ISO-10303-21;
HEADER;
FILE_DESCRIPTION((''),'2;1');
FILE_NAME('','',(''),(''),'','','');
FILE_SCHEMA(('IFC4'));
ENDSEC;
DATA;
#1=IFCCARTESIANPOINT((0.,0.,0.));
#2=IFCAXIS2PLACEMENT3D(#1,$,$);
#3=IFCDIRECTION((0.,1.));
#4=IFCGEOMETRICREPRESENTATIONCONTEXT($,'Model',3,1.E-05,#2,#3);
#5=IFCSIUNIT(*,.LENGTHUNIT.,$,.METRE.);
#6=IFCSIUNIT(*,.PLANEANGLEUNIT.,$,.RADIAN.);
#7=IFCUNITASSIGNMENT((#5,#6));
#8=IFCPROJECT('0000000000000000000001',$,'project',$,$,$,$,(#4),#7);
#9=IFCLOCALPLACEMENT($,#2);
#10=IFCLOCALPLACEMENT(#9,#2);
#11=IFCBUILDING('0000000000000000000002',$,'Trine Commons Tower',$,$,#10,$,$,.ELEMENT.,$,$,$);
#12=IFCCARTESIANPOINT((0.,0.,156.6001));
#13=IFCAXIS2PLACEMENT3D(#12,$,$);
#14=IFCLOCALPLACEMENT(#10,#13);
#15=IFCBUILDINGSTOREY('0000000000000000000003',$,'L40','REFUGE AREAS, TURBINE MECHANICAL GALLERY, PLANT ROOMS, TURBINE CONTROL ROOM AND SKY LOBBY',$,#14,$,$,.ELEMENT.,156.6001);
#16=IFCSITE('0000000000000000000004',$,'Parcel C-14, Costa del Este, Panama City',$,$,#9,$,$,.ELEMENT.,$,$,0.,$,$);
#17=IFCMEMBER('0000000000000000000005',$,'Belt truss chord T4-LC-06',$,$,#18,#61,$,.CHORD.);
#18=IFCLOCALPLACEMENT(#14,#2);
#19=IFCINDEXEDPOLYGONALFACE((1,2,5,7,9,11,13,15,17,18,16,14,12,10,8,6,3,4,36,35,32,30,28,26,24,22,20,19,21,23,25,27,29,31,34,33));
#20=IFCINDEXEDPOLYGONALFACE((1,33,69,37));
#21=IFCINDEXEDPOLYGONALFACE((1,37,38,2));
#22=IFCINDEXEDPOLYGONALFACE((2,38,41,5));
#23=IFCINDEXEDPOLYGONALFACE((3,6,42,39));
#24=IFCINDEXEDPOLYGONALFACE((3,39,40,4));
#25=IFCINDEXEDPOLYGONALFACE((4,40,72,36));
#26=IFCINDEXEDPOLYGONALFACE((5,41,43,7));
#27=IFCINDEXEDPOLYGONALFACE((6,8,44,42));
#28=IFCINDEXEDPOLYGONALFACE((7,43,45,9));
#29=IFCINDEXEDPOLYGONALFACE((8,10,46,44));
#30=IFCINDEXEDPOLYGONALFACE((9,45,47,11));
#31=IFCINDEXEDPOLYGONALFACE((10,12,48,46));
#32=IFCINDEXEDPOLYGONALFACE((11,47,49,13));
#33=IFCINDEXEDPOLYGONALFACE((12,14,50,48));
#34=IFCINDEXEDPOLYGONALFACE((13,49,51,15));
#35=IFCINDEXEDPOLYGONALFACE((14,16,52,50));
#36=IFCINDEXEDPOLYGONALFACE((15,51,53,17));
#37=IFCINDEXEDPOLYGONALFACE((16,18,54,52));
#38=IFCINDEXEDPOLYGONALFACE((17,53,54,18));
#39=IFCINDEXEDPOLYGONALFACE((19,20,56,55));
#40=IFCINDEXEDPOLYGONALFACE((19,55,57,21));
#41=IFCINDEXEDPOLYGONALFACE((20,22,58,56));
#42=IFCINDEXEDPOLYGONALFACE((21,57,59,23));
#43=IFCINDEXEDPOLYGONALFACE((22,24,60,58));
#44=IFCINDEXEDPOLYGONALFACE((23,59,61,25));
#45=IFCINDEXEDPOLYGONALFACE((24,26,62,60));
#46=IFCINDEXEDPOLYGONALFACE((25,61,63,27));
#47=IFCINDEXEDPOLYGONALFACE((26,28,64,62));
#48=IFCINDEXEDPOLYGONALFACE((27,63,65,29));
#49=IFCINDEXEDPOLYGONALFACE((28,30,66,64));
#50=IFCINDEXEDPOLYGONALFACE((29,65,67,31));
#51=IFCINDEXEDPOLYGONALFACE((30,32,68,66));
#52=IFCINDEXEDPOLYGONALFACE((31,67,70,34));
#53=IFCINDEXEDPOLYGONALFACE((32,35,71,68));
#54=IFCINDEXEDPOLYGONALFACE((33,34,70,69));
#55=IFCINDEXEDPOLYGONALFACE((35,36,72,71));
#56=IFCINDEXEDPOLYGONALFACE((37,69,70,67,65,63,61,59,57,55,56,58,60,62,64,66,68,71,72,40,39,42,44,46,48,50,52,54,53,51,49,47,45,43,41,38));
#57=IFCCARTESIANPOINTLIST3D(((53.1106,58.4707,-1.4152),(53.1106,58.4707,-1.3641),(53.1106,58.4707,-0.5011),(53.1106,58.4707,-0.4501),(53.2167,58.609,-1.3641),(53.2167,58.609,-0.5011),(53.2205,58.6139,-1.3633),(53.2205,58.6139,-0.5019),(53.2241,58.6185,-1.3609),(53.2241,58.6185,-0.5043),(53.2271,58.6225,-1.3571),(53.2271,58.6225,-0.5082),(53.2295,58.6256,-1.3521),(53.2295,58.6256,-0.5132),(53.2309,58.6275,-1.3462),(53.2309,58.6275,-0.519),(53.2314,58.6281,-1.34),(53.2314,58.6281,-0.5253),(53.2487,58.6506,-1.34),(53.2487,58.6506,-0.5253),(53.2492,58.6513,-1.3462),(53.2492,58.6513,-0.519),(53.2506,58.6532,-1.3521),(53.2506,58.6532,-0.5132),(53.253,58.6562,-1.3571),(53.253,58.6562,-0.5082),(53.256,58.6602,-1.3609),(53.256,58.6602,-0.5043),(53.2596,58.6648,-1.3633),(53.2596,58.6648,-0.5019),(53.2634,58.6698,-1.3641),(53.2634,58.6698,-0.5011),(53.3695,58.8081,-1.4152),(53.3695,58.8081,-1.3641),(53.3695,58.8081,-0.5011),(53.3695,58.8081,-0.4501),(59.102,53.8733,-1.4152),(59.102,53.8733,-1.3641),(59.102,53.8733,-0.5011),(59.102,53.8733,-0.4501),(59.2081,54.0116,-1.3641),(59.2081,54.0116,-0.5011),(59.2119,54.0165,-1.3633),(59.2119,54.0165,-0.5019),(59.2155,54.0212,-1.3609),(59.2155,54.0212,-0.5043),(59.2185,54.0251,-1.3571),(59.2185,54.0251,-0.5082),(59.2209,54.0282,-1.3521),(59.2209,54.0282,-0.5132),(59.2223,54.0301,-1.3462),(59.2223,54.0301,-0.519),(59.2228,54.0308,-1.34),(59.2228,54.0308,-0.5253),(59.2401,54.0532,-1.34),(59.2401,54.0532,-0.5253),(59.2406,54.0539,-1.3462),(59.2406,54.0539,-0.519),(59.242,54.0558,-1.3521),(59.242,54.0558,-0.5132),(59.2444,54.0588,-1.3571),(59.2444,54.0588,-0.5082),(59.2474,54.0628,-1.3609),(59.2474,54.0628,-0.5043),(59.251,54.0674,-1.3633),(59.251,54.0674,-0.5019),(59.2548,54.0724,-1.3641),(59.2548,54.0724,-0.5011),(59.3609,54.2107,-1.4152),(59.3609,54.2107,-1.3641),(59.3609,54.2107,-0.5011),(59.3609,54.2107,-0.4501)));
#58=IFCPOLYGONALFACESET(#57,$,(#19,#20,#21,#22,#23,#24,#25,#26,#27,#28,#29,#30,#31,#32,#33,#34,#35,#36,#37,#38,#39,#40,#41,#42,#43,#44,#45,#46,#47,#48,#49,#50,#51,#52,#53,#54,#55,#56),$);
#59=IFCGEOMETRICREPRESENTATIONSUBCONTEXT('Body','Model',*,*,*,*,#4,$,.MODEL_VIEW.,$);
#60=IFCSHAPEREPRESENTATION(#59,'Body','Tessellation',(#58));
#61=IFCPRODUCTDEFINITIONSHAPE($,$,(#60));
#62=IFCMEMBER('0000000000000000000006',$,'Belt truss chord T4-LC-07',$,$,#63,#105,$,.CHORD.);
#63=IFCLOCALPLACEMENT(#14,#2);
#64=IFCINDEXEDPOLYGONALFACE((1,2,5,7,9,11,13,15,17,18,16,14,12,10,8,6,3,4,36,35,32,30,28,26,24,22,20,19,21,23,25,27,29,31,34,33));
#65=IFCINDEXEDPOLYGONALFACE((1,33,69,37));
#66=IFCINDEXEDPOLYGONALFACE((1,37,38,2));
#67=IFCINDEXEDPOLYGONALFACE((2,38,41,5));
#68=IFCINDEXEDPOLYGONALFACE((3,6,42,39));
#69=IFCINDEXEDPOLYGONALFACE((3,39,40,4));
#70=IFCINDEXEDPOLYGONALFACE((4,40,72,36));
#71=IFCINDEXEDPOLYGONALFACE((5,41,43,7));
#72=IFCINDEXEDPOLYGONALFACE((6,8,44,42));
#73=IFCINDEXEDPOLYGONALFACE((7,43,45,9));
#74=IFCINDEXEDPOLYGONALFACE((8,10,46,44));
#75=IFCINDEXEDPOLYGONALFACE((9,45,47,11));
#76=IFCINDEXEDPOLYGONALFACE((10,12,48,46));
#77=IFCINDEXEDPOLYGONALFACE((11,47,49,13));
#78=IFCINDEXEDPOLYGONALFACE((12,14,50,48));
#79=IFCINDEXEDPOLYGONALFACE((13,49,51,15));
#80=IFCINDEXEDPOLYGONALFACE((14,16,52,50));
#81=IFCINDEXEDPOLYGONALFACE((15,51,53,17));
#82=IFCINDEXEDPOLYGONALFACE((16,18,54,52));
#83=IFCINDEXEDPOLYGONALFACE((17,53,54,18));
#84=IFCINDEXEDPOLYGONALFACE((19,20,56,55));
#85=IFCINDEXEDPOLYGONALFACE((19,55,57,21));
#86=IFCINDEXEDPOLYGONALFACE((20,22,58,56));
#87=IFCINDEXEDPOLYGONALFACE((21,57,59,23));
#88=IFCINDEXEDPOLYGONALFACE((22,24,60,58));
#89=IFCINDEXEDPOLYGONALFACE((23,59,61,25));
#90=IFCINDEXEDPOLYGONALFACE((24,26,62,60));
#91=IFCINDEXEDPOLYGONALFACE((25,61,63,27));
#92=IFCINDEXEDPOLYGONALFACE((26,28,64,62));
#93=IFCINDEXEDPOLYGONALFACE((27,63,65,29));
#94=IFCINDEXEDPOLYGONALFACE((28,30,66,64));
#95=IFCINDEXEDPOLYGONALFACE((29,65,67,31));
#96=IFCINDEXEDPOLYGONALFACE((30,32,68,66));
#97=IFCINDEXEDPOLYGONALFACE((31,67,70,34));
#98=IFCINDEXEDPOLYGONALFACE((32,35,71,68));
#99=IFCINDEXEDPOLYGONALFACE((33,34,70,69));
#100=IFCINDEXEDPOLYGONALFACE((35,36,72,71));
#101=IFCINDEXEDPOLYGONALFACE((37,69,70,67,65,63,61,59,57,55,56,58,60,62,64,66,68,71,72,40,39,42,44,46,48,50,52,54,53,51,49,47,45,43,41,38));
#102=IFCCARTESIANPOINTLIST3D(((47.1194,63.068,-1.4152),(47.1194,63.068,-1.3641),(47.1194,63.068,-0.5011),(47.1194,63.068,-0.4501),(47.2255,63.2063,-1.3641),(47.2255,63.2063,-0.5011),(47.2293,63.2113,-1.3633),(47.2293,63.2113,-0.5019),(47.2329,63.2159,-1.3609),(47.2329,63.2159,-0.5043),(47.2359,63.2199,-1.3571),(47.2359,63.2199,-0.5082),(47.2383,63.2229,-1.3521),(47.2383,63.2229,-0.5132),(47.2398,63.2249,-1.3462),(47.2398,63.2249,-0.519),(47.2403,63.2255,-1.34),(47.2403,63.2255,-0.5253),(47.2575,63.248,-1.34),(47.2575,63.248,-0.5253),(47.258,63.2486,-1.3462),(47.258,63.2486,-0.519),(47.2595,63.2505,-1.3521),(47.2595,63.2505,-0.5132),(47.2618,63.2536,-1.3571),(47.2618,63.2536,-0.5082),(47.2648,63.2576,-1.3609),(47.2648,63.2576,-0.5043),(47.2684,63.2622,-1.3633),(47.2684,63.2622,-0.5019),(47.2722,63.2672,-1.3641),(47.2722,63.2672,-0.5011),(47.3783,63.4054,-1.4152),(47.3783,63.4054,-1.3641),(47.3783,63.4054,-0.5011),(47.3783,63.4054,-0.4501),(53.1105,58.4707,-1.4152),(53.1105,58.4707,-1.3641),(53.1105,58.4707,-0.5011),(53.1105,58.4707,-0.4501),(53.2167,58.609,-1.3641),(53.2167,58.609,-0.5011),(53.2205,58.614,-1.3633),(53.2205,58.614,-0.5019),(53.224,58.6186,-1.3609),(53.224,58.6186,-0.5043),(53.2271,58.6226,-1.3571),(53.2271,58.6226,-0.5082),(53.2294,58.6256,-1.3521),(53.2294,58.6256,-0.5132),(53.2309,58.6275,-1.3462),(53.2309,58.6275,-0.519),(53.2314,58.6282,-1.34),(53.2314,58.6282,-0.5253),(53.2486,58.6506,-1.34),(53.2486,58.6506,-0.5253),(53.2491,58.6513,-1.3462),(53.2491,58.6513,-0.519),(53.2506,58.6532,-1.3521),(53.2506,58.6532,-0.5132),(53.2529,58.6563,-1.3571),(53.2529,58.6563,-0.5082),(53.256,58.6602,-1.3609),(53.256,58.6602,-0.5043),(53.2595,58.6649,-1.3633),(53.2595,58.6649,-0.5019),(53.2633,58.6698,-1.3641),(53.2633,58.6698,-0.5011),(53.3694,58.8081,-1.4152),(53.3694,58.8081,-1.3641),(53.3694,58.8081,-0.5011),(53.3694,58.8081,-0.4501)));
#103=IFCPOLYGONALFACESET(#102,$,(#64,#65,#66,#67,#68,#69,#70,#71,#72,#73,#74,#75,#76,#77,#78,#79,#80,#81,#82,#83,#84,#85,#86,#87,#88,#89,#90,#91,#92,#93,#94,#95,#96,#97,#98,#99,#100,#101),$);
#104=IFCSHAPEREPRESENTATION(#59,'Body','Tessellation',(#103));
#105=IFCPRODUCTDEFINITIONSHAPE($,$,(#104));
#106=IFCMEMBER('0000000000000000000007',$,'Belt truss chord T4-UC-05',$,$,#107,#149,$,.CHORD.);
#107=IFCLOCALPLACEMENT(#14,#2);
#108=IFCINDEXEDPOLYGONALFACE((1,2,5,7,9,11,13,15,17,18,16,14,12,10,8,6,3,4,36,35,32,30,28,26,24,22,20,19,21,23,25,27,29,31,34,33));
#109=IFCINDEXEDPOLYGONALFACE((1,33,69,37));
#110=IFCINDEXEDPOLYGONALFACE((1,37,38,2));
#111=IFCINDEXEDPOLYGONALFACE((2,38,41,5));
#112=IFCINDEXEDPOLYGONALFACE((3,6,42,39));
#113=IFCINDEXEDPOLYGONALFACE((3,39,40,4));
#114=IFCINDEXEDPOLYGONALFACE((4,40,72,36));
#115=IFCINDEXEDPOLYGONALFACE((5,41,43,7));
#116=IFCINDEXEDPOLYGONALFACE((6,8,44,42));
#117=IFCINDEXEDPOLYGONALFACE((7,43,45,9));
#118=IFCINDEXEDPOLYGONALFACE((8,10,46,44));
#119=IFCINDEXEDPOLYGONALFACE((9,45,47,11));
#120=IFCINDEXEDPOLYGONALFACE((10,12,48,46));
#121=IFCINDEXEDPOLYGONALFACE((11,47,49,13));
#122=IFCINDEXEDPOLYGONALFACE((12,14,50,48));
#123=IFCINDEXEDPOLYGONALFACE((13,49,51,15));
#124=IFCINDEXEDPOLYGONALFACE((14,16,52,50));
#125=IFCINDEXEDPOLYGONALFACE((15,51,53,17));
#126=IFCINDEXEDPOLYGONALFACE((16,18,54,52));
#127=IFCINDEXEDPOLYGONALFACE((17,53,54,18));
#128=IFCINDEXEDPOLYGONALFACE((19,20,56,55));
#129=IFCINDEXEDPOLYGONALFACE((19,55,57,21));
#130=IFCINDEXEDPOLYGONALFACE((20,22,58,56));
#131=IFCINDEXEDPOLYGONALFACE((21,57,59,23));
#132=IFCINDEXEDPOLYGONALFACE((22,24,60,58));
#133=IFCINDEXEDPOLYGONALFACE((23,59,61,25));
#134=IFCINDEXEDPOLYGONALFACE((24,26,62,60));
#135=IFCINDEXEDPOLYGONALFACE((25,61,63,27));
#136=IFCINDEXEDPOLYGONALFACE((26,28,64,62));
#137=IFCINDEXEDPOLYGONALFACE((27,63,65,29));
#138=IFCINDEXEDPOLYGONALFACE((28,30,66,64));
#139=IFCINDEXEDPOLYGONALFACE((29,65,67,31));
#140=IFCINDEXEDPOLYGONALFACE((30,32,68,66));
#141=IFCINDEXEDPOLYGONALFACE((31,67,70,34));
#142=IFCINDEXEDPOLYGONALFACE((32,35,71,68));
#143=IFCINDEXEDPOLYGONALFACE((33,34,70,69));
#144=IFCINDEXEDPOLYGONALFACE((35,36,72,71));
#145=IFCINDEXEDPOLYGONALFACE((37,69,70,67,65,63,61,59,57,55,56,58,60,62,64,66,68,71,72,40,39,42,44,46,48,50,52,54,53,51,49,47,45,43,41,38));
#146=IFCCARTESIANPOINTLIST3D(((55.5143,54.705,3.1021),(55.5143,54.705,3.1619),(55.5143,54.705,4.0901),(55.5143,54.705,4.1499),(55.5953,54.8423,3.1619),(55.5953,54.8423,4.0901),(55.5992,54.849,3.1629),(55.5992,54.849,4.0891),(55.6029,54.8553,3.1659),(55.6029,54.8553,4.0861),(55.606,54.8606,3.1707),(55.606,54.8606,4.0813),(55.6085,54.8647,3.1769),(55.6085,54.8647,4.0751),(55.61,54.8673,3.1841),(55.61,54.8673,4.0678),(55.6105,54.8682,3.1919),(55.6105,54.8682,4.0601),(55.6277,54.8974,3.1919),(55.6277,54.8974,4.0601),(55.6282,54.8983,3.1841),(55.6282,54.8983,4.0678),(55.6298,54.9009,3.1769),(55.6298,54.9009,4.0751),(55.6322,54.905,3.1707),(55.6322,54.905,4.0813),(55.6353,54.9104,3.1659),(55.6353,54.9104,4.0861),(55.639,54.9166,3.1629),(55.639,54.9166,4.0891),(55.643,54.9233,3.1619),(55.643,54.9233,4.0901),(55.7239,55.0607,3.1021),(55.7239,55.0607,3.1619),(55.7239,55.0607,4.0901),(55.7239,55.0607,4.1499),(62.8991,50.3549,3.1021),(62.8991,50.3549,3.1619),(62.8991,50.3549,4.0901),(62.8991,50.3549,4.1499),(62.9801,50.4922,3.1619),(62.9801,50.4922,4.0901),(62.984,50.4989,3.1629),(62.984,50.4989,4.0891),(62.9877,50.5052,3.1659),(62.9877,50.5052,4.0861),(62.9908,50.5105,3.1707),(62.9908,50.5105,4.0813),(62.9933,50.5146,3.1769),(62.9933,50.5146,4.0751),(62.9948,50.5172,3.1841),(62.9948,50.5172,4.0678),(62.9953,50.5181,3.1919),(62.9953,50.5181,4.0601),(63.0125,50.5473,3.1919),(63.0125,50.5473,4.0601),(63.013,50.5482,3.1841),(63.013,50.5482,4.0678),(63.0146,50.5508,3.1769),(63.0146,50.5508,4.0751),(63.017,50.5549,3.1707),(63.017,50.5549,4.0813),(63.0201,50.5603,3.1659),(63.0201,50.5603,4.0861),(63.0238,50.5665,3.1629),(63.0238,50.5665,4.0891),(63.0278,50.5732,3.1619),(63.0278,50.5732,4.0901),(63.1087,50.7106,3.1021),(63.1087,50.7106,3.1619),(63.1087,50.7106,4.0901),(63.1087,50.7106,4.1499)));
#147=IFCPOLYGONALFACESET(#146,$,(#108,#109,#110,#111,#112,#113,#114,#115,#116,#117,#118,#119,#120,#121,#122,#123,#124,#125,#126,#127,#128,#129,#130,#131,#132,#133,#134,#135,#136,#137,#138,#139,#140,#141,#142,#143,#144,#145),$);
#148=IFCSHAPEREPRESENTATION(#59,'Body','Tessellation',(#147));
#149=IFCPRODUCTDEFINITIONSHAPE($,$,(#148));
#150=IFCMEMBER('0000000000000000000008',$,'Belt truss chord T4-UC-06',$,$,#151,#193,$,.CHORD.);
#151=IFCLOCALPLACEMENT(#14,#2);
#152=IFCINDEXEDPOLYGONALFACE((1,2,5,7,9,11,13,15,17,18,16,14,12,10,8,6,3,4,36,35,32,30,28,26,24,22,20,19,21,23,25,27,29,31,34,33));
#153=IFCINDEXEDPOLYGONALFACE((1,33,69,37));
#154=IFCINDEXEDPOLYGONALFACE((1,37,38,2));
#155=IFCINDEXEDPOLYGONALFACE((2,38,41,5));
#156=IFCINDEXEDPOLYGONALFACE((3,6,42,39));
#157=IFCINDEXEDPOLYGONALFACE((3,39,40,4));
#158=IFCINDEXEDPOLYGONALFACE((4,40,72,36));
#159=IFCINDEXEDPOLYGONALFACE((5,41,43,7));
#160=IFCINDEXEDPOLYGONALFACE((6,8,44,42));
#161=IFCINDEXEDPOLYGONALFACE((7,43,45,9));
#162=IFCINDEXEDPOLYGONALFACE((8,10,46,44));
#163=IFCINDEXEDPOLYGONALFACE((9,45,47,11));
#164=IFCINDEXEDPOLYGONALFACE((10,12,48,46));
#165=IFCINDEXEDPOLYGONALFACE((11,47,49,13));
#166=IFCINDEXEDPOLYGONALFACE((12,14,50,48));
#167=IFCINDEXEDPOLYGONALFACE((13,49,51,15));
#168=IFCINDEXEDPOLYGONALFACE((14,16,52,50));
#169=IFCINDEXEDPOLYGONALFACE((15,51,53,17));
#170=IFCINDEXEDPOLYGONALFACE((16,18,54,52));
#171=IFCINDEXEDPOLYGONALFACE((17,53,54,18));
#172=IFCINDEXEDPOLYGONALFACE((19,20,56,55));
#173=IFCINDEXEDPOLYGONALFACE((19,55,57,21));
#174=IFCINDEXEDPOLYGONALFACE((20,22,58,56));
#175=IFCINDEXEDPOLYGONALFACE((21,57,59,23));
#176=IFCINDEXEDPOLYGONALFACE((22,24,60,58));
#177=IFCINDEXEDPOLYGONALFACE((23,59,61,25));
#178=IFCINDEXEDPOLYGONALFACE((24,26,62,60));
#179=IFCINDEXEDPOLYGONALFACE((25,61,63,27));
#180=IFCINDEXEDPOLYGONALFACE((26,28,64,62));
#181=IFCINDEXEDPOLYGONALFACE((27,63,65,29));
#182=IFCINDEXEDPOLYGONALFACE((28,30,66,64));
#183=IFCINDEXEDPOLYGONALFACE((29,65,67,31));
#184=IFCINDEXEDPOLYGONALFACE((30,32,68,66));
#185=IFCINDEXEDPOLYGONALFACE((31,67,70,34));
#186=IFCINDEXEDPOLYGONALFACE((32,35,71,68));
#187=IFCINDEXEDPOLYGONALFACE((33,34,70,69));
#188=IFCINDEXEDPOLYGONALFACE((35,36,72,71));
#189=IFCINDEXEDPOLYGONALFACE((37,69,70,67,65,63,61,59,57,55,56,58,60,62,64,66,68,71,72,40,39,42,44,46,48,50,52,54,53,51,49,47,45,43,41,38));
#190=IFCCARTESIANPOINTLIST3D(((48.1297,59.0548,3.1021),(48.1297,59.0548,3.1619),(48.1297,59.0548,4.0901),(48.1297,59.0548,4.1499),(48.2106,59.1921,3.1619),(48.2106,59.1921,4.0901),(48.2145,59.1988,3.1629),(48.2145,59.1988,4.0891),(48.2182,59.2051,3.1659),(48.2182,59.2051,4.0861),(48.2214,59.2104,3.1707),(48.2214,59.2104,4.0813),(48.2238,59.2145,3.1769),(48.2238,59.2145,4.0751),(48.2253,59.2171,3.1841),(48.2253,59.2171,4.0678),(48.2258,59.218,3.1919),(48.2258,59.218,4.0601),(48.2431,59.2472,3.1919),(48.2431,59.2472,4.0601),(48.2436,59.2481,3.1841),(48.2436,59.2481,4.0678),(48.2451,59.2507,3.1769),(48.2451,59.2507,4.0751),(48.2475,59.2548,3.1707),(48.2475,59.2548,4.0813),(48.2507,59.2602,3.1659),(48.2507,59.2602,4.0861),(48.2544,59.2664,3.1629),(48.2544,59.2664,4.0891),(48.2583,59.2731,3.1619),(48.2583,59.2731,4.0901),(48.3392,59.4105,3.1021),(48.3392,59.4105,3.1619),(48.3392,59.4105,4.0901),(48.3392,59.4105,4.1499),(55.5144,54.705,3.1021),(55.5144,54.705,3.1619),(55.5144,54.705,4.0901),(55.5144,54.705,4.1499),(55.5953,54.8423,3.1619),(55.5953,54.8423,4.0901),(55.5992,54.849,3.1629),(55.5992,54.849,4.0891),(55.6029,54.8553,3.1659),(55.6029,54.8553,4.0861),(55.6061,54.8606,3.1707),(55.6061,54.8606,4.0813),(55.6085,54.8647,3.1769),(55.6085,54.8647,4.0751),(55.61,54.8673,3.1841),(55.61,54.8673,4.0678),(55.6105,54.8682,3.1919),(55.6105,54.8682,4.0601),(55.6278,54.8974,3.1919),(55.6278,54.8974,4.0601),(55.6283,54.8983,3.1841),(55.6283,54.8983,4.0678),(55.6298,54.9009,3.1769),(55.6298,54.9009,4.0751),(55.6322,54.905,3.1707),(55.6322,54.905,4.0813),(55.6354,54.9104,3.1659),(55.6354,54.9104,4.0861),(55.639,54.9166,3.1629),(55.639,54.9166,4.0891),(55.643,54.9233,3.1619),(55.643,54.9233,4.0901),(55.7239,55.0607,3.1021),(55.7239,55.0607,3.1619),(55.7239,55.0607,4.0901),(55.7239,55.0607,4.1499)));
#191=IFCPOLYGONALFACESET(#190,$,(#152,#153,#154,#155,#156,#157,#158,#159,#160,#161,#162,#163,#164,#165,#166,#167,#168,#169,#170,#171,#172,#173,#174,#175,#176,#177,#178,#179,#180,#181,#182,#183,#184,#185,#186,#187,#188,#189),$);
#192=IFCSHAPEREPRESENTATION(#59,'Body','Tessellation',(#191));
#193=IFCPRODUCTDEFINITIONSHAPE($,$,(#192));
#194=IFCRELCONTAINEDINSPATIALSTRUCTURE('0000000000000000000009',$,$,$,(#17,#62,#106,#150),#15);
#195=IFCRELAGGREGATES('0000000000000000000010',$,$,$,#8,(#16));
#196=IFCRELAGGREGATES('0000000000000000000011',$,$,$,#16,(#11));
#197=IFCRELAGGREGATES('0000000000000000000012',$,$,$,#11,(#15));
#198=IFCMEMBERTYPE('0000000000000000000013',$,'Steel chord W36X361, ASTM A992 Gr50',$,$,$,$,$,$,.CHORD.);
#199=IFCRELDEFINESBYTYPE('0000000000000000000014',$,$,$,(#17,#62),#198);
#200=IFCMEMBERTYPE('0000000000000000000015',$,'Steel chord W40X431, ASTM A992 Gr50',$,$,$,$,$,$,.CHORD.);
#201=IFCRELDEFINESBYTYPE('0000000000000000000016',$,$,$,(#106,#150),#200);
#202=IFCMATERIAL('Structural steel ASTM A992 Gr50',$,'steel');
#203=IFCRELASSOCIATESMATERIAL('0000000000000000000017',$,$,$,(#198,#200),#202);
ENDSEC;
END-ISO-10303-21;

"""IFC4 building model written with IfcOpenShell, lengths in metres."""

from ifc_helpers import new_model, si_unit, direction, frame, origin, origin_2d, place, context, subcontext, project, spatial, i_section, extrude, material, material_profile, profile_set, type_object, element, save


model = new_model("IFC4")

# Units and contexts
model_context = context("Model", 3, precision=1e-05, world=origin(), true_north=direction((0.0, 1.0)))
body_context = subcontext(model_context, "Body", "Model", "MODEL_VIEW")
ifc_project = project(units=[si_unit("LENGTHUNIT", "METRE"), si_unit("PLANEANGLEUNIT", "RADIAN")], contexts=[model_context])

# Site, building, storey
site_placement = place(None, origin())
site = spatial("IfcSite", under=ifc_project, at=site_placement, Name="Parcel C-14, Costa del Este, Panama City", CompositionType="ELEMENT", RefElevation=0.0)
building_placement = place(site_placement, origin())
building = spatial("IfcBuilding", under=site, at=building_placement, Name="Trine Commons Tower", CompositionType="ELEMENT")
storey_placement = place(building_placement, frame((0.0, 0.0, 156.6001)))
storey = spatial("IfcBuildingStorey", under=building, at=storey_placement, Name="L40", Description="REFUGE AREAS, TURBINE MECHANICAL GALLERY, PLANT ROOMS, TURBINE CONTROL ROOM AND SKY LOBBY", CompositionType="ELEMENT", Elevation=156.6001)

# Shared definitions
ifc_material_1 = material(Name="Structural steel ASTM A992 Gr50", Category="steel")

# Members
ifc_material_profile_1 = material_profile(ifc_material_1, i_section(OverallWidth=0.4253, OverallDepth=0.9651, WebThickness=0.0283, FlangeThickness=0.051, FilletRadius=0.0242, at=origin_2d()), Name="W36X361")
ifc_profile_set_1 = profile_set([ifc_material_profile_1], Name="Structural steel ASTM A992 Gr50")
member_type_1 = type_object("IfcMemberType", Name="Steel chord W36X361, ASTM A992 Gr50", PredefinedType="CHORD", material=ifc_profile_set_1)
for number, where, z_axis, x_axis, name in (
    (1, (59.2314, 54.042, -0.9326), (-0.793353, 0.608762, 0.0), (-0.608762, -0.793353, 0.0), "Belt truss chord T4-LC-06"),
):
    element("IfcMember", number, at=place(storey_placement, frame(where, z_axis=z_axis, x_axis=x_axis)), inside=storey, type_object=member_type_1, Name=name, PredefinedType="CHORD", context=body_context, shape_type="SweptSolid", body=[
        extrude(i_section(OverallWidth=0.4253, OverallDepth=0.9651, WebThickness=0.0283, FlangeThickness=0.051, FilletRadius=0.0242, at=origin_2d()), origin(), (0.0, 0.0, 1.0), 7.552),
    ])
member_1_placement = place(storey_placement, frame((53.24, 58.6394, -0.9326), z_axis=(-0.793341, 0.608778, 0.0), x_axis=(-0.608778, -0.793341, 0.0)))
element("IfcMember", 2, at=member_1_placement, inside=storey, type_object=member_type_1, Name="Belt truss chord T4-LC-07", PredefinedType="CHORD", context=body_context, shape_type="SweptSolid", body=[
    extrude(i_section(OverallWidth=0.4253, OverallDepth=0.9651, WebThickness=0.0283, FlangeThickness=0.051, FilletRadius=0.0242, at=origin_2d()), origin(), (0.0, 0.0, 1.0), 7.5518),
])
ifc_material_profile_2 = material_profile(ifc_material_1, i_section(OverallWidth=0.4128, OverallDepth=1.0479, WebThickness=0.0339, FlangeThickness=0.0598, FilletRadius=0.03, at=origin_2d()), Name="W40X431")
ifc_profile_set_2 = profile_set([ifc_material_profile_2], Name="Structural steel ASTM A992 Gr50")
member_type_2 = type_object("IfcMemberType", Name="Steel chord W40X431, ASTM A992 Gr50", PredefinedType="CHORD", material=ifc_profile_set_2)
member_2_placement = place(storey_placement, frame((63.0039, 50.5327, 3.626), z_axis=(-0.861622, 0.50755, 0.0), x_axis=(-0.50755, -0.861622, 0.0)))
element("IfcMember", 3, at=member_2_placement, inside=storey, type_object=member_type_2, Name="Belt truss chord T4-UC-05", PredefinedType="CHORD", context=body_context, shape_type="SweptSolid", body=[
    extrude(i_section(OverallWidth=0.4128, OverallDepth=1.0479, WebThickness=0.0339, FlangeThickness=0.0598, FilletRadius=0.03, at=origin_2d()), origin(), (0.0, 0.0, 1.0), 8.5708),
])
member_3_placement = place(storey_placement, frame((55.6191, 54.8828, 3.626), z_axis=(-0.861635, 0.507529, 0.0), x_axis=(-0.507529, -0.861635, 0.0)))
element("IfcMember", 4, at=member_3_placement, inside=storey, type_object=member_type_2, Name="Belt truss chord T4-UC-06", PredefinedType="CHORD", context=body_context, shape_type="SweptSolid", body=[
    extrude(i_section(OverallWidth=0.4128, OverallDepth=1.0479, WebThickness=0.0339, FlangeThickness=0.0598, FilletRadius=0.03, at=origin_2d()), origin(), (0.0, 0.0, 1.0), 8.5706),
])

save(model, "model.ifc")
